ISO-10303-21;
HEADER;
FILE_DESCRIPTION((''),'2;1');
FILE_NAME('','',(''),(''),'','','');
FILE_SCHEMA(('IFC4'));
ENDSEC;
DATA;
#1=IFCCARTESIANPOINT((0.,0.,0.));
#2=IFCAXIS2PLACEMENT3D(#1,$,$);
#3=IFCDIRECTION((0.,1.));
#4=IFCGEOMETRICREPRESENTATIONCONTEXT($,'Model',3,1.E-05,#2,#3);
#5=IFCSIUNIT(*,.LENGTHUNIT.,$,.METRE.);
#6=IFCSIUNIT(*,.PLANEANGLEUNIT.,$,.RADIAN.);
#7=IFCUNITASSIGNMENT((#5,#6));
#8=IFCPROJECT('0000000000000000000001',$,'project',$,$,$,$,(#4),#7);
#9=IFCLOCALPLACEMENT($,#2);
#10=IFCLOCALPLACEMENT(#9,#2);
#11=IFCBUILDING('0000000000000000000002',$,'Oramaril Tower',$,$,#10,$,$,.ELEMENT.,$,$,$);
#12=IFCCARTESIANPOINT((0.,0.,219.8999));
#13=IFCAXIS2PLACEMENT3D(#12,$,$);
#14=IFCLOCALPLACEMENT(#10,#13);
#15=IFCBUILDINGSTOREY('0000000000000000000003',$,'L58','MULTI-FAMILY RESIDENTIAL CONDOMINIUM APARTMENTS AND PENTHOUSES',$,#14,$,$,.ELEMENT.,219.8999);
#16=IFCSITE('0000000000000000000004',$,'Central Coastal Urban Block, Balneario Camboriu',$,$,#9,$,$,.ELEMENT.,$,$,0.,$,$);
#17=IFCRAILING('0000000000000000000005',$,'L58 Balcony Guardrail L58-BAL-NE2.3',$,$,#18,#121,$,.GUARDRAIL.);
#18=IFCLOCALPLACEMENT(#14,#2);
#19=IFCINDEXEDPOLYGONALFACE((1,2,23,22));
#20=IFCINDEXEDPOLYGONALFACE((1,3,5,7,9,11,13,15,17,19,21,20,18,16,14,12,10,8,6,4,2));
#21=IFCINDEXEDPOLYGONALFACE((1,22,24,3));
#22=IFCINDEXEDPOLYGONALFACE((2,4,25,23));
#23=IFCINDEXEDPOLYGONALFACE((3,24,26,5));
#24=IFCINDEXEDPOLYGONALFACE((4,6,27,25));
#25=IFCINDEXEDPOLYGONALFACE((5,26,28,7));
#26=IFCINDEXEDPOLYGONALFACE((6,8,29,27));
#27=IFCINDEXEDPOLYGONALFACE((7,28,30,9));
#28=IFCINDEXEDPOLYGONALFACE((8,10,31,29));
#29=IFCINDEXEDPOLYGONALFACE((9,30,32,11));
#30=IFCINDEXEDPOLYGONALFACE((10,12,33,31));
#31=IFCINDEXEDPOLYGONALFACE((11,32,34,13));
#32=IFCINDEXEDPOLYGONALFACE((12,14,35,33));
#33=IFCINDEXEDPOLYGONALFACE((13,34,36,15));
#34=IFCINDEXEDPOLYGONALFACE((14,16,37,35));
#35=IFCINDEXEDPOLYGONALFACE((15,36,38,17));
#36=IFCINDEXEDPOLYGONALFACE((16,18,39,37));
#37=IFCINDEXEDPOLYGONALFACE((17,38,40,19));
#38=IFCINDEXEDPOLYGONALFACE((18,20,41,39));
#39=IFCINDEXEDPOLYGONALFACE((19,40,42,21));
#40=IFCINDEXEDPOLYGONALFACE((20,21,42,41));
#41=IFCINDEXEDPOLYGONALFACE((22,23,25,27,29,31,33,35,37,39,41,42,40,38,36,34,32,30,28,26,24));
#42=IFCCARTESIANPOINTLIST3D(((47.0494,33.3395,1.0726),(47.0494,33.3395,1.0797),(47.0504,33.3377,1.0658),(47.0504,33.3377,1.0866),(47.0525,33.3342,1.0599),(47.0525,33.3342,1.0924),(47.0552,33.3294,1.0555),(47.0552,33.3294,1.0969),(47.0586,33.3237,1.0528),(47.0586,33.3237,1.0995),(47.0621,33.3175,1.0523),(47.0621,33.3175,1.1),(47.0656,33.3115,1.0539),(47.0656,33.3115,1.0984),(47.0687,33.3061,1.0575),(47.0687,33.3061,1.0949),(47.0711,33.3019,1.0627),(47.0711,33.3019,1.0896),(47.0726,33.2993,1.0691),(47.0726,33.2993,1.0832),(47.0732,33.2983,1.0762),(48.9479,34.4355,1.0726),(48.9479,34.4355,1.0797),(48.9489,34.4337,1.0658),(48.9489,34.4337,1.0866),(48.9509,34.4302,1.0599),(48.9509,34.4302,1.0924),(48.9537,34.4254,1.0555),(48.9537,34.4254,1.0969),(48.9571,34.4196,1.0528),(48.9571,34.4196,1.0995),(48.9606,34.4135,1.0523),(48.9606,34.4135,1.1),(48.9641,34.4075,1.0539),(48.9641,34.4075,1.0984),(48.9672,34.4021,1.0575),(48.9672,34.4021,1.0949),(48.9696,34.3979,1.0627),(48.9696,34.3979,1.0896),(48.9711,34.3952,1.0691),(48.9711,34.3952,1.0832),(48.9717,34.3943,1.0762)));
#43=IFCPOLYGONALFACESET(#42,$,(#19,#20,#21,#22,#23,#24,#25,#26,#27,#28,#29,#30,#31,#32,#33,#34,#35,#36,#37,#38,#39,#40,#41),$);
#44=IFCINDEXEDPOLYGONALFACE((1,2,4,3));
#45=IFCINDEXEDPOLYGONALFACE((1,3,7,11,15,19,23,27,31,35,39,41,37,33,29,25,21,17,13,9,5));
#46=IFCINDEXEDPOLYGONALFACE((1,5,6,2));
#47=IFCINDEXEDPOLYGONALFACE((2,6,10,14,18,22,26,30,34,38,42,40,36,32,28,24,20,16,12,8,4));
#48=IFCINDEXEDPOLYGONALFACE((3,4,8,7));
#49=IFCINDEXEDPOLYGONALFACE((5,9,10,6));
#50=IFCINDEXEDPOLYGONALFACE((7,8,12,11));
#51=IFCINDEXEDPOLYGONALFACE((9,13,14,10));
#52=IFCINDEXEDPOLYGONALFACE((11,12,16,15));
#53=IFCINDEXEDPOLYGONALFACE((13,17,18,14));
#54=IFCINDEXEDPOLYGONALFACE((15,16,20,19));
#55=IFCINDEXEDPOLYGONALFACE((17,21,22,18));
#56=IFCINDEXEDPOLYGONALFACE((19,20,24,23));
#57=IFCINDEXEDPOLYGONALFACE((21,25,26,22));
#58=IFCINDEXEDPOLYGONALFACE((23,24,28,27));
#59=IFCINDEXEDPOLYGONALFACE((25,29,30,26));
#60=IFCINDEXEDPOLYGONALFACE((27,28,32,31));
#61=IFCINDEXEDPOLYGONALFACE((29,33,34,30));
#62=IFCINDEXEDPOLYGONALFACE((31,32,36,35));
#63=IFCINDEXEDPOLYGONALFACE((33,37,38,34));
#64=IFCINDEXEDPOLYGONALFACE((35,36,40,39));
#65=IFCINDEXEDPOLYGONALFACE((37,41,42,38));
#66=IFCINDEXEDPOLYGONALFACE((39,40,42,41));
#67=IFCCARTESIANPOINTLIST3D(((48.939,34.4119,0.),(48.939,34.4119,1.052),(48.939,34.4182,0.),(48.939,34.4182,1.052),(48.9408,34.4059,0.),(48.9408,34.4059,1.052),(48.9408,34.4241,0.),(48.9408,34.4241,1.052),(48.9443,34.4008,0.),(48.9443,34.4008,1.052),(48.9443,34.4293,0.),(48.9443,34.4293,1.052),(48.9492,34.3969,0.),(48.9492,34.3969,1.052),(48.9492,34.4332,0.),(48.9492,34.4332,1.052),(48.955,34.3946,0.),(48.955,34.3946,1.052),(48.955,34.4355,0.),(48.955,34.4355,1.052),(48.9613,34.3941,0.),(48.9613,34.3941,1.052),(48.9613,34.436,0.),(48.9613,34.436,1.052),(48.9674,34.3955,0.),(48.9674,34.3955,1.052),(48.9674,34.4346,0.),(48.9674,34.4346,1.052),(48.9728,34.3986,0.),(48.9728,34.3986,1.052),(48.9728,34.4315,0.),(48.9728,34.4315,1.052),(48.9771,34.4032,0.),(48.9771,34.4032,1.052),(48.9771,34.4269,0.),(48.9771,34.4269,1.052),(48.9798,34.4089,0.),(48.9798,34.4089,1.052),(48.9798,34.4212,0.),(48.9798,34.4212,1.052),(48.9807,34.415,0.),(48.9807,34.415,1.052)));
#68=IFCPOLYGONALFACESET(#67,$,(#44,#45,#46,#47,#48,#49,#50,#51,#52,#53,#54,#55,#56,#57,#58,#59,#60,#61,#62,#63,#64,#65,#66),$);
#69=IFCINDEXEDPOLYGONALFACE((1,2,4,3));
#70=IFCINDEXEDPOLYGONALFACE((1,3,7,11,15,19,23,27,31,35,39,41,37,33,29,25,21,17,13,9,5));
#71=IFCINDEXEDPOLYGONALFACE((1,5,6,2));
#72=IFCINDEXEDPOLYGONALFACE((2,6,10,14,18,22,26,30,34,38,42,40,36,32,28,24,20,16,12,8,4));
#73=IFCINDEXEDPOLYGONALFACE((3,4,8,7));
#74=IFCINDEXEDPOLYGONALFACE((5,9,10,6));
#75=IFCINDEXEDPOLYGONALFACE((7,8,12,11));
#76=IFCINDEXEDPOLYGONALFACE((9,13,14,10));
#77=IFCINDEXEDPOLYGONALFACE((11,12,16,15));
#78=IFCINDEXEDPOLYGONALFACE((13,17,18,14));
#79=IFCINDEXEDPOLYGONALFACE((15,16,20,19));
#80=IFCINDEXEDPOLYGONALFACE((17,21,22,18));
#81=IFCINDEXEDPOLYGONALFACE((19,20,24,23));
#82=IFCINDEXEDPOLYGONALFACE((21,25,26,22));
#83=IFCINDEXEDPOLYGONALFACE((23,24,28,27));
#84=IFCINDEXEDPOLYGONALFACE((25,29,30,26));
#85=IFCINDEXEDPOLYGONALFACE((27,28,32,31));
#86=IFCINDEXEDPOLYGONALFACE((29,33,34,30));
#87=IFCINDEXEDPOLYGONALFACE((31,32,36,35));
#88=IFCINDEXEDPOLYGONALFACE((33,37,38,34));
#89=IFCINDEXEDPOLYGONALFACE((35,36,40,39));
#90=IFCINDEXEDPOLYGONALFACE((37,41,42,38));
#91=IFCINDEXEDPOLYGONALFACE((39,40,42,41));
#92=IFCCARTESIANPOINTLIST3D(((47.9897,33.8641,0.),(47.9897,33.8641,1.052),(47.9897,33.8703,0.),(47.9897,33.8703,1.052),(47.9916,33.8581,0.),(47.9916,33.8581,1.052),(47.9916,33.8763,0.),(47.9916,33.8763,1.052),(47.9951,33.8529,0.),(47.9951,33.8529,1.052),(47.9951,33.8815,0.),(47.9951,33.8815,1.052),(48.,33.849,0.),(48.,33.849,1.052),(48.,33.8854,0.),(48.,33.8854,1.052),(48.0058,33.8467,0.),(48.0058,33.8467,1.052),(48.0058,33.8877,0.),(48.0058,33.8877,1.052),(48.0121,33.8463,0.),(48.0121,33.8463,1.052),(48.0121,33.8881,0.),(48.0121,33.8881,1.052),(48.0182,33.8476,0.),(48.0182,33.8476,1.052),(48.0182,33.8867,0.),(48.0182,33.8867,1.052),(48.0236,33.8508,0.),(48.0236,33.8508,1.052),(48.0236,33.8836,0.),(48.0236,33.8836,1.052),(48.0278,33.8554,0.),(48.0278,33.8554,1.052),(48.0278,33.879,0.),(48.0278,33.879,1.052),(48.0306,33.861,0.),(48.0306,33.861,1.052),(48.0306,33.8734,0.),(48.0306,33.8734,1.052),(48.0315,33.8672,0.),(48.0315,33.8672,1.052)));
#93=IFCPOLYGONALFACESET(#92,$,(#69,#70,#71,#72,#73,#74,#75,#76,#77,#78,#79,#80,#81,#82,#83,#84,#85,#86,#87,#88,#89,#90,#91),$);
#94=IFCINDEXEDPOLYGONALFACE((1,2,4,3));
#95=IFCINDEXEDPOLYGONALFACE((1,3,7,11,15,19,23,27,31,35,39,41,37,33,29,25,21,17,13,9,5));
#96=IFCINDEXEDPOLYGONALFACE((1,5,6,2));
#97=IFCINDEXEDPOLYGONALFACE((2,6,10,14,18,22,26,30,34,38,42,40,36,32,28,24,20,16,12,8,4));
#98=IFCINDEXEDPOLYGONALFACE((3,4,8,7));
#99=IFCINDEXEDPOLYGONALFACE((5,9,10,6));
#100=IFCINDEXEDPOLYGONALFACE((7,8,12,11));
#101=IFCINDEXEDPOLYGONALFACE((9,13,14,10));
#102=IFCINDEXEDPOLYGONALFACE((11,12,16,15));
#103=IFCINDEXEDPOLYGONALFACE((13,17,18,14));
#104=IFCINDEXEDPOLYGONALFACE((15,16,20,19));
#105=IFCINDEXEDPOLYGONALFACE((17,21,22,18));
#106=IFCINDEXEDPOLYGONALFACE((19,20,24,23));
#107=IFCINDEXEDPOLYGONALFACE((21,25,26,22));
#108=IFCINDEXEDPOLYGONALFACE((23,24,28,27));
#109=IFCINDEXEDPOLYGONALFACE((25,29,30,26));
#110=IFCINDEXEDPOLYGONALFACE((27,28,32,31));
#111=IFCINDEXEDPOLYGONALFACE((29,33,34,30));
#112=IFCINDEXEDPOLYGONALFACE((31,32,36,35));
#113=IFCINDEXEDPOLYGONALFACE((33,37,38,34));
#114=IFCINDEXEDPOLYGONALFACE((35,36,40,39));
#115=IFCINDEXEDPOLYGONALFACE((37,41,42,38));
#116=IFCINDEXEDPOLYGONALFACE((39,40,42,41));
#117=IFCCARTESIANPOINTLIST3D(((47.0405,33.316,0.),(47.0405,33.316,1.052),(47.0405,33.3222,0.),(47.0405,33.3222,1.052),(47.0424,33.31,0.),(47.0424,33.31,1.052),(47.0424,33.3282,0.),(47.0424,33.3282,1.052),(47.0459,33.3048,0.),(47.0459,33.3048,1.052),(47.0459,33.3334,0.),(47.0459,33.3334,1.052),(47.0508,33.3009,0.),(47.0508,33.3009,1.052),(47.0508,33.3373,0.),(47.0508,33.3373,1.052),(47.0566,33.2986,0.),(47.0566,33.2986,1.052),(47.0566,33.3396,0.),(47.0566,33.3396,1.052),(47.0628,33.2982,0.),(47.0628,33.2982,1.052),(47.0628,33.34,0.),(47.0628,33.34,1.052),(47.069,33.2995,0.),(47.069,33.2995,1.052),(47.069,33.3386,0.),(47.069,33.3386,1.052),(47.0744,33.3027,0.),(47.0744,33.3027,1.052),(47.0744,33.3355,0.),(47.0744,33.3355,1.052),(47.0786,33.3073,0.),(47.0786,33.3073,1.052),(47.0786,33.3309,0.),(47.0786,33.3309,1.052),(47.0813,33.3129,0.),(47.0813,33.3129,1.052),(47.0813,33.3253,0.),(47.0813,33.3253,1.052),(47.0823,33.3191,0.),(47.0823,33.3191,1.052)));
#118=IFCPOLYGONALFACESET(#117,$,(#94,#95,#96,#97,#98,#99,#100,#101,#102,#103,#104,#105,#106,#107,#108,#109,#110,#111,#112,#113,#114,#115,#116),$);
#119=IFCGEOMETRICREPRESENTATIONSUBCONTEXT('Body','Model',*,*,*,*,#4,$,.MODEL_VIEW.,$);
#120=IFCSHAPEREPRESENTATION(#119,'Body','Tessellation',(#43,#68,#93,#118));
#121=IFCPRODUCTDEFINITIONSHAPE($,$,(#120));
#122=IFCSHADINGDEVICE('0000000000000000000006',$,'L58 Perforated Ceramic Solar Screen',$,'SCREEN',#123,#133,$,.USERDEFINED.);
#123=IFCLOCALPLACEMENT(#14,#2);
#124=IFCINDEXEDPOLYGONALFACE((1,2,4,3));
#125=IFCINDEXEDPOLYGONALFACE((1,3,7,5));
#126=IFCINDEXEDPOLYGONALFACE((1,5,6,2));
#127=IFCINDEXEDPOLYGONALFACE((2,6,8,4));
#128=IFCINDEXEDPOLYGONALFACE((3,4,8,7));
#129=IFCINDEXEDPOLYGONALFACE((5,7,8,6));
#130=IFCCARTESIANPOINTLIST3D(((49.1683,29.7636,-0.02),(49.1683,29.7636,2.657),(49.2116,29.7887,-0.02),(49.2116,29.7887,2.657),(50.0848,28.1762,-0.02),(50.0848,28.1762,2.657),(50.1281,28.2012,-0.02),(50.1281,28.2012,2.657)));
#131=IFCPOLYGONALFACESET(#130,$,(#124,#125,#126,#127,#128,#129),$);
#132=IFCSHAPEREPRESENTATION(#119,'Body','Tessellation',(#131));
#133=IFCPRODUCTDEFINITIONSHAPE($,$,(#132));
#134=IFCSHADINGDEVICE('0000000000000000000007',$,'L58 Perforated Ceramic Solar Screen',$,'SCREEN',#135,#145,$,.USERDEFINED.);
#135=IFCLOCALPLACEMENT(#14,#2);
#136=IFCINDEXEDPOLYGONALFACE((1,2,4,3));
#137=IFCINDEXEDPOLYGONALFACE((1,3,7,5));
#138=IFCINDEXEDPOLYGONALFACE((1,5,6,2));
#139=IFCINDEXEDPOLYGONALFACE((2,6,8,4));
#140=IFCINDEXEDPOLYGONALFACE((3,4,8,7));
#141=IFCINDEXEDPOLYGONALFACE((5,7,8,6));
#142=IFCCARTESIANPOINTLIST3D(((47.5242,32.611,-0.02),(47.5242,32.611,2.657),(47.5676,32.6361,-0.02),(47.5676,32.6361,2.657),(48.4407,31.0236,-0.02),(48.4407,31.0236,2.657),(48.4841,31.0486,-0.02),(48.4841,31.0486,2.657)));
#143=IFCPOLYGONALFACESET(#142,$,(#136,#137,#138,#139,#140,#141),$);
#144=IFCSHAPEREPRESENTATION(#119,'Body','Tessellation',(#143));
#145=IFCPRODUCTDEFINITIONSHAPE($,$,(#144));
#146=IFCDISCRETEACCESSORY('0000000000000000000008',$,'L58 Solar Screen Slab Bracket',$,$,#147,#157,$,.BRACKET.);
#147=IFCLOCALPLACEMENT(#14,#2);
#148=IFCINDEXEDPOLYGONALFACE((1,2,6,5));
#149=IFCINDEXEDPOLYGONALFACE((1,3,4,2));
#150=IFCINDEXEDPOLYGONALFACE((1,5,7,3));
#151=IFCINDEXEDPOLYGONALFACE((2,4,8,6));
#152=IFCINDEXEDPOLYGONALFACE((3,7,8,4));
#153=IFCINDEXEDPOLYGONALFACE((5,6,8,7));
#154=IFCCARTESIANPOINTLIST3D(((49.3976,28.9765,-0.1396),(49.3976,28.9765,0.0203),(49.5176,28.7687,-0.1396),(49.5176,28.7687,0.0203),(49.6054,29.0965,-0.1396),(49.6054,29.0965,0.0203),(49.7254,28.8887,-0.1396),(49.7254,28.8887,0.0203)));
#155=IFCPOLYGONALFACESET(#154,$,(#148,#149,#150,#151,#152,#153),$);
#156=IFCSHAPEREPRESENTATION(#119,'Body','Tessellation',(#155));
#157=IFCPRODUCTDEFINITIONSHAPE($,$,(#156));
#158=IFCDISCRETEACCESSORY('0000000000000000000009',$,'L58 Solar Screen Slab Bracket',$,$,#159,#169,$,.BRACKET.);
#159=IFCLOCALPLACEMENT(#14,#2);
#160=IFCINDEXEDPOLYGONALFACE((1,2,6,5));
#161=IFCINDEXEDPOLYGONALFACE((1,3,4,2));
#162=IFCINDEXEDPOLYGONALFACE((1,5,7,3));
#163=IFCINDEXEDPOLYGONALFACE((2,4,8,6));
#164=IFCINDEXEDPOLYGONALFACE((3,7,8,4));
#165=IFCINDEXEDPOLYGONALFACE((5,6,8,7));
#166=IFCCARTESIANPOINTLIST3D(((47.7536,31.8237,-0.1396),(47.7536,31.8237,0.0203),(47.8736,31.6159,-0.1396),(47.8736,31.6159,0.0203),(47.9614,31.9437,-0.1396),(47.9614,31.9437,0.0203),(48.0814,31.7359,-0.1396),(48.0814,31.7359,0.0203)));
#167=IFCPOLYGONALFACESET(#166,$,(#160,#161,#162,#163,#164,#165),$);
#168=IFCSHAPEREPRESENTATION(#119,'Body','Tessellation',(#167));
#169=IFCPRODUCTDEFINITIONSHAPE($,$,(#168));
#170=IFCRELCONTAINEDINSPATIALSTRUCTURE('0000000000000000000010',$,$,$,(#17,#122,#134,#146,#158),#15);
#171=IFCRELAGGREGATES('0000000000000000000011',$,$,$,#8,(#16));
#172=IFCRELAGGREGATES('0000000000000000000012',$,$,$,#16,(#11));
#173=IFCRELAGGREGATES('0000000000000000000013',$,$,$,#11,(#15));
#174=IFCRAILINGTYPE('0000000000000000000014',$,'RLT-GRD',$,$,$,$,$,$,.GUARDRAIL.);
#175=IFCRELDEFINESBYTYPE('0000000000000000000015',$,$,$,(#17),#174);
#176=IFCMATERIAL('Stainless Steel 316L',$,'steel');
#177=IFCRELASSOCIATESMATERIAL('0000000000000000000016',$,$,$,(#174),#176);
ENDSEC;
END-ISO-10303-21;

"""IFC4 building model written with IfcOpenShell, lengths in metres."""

from ifc_helpers import new_model, si_unit, direction, frame, origin, origin_2d, place, context, subcontext, project, spatial, rectangle, circle, extrude, material, type_object, element, save


model = new_model("IFC4")

# Units and contexts
model_context = context("Model", 3, precision=1e-05, world=origin(), true_north=direction((0.0, 1.0)))
body_context = subcontext(model_context, "Body", "Model", "MODEL_VIEW")
ifc_project = project(units=[si_unit("LENGTHUNIT", "METRE"), si_unit("PLANEANGLEUNIT", "RADIAN")], contexts=[model_context])

# Site, building, storey
site_placement = place(None, origin())
site = spatial("IfcSite", under=ifc_project, at=site_placement, Name="Central Coastal Urban Block, Balneario Camboriu", CompositionType="ELEMENT", RefElevation=0.0)
building_placement = place(site_placement, origin())
building = spatial("IfcBuilding", under=site, at=building_placement, Name="Oramaril Tower", CompositionType="ELEMENT")
storey_placement = place(building_placement, frame((0.0, 0.0, 219.8999)))
storey = spatial("IfcBuildingStorey", under=building, at=storey_placement, Name="L58", Description="MULTI-FAMILY RESIDENTIAL CONDOMINIUM APARTMENTS AND PENTHOUSES", CompositionType="ELEMENT", Elevation=219.8999)

# Railing
ifc_material_1 = material(Name="Stainless Steel 316L", Category="steel")
railing_type = type_object("IfcRailingType", Name="RLT-GRD", PredefinedType="GUARDRAIL", material=ifc_material_1)
railing_1_placement = place(storey_placement, frame((48.9597, 34.415, 0.0)))
element("IfcRailing", 1, at=railing_1_placement, inside=storey, type_object=railing_type, Name="L58 Balcony Guardrail L58-BAL-NE2.3", PredefinedType="GUARDRAIL", context=body_context, shape_type="SweptSolid", body=[
    extrude(circle(Radius=0.0239, at=origin_2d()), frame((0.0, 0.0, 1.0762), z_axis=(-0.866048, -0.49996, 0.0), x_axis=(0.49996, -0.866048, 0.0)), (0.0, 0.0, 1.0), 2.1921),
    extrude(circle(Radius=0.021, at=origin_2d()), origin(), (0.0, 0.0, 1.0), 1.052),
    extrude(circle(Radius=0.021, at=origin_2d()), frame((-0.9492, -0.5479, 0.0)), (0.0, 0.0, 1.0), 1.052),
    extrude(circle(Radius=0.021, at=origin_2d()), frame((-1.8984, -1.0959, 0.0)), (0.0, 0.0, 1.0), 1.052),
])

# Shading devices
for number, where, z_axis, x_axis, name in (
    (2, (49.6482, 28.9824, -0.02), (0.0, 0.0, 1.0), (-0.499998, 0.866026, 0.0), "L58 Perforated Ceramic Solar Screen"),
    (3, (48.0042, 31.8298, -0.02), (0.0, 0.0, 1.0), (-0.499998, 0.866026, 0.0), "L58 Perforated Ceramic Solar Screen"),
):
    element("IfcShadingDevice", number, at=place(storey_placement, frame(where, z_axis=z_axis, x_axis=x_axis)), inside=storey, Name=name, ObjectType="SCREEN", PredefinedType="USERDEFINED", context=body_context, shape_type="SweptSolid", body=[
        extrude(rectangle(XDim=1.833, YDim=0.05, at=origin_2d()), origin(), (0.0, 0.0, 1.0), 2.677),
    ])

# Discrete accessories
for number, where, z_axis, x_axis, name in (
    (4, (49.5615, 28.9326, -0.1396), (0.0, 0.0, 1.0), (-0.499998, 0.866026, 0.0), "L58 Solar Screen Slab Bracket"),
    (5, (47.9175, 31.7798, -0.1396), (0.0, 0.0, 1.0), (-0.499998, 0.866026, 0.0), "L58 Solar Screen Slab Bracket"),
):
    element("IfcDiscreteAccessory", number, at=place(storey_placement, frame(where, z_axis=z_axis, x_axis=x_axis)), inside=storey, Name=name, PredefinedType="BRACKET", context=body_context, shape_type="SweptSolid", body=[
        extrude(rectangle(XDim=0.24, YDim=0.24, at=origin_2d()), origin(), (0.0, 0.0, 1.0), 0.1599),
    ])

save(model, "model.ifc")
